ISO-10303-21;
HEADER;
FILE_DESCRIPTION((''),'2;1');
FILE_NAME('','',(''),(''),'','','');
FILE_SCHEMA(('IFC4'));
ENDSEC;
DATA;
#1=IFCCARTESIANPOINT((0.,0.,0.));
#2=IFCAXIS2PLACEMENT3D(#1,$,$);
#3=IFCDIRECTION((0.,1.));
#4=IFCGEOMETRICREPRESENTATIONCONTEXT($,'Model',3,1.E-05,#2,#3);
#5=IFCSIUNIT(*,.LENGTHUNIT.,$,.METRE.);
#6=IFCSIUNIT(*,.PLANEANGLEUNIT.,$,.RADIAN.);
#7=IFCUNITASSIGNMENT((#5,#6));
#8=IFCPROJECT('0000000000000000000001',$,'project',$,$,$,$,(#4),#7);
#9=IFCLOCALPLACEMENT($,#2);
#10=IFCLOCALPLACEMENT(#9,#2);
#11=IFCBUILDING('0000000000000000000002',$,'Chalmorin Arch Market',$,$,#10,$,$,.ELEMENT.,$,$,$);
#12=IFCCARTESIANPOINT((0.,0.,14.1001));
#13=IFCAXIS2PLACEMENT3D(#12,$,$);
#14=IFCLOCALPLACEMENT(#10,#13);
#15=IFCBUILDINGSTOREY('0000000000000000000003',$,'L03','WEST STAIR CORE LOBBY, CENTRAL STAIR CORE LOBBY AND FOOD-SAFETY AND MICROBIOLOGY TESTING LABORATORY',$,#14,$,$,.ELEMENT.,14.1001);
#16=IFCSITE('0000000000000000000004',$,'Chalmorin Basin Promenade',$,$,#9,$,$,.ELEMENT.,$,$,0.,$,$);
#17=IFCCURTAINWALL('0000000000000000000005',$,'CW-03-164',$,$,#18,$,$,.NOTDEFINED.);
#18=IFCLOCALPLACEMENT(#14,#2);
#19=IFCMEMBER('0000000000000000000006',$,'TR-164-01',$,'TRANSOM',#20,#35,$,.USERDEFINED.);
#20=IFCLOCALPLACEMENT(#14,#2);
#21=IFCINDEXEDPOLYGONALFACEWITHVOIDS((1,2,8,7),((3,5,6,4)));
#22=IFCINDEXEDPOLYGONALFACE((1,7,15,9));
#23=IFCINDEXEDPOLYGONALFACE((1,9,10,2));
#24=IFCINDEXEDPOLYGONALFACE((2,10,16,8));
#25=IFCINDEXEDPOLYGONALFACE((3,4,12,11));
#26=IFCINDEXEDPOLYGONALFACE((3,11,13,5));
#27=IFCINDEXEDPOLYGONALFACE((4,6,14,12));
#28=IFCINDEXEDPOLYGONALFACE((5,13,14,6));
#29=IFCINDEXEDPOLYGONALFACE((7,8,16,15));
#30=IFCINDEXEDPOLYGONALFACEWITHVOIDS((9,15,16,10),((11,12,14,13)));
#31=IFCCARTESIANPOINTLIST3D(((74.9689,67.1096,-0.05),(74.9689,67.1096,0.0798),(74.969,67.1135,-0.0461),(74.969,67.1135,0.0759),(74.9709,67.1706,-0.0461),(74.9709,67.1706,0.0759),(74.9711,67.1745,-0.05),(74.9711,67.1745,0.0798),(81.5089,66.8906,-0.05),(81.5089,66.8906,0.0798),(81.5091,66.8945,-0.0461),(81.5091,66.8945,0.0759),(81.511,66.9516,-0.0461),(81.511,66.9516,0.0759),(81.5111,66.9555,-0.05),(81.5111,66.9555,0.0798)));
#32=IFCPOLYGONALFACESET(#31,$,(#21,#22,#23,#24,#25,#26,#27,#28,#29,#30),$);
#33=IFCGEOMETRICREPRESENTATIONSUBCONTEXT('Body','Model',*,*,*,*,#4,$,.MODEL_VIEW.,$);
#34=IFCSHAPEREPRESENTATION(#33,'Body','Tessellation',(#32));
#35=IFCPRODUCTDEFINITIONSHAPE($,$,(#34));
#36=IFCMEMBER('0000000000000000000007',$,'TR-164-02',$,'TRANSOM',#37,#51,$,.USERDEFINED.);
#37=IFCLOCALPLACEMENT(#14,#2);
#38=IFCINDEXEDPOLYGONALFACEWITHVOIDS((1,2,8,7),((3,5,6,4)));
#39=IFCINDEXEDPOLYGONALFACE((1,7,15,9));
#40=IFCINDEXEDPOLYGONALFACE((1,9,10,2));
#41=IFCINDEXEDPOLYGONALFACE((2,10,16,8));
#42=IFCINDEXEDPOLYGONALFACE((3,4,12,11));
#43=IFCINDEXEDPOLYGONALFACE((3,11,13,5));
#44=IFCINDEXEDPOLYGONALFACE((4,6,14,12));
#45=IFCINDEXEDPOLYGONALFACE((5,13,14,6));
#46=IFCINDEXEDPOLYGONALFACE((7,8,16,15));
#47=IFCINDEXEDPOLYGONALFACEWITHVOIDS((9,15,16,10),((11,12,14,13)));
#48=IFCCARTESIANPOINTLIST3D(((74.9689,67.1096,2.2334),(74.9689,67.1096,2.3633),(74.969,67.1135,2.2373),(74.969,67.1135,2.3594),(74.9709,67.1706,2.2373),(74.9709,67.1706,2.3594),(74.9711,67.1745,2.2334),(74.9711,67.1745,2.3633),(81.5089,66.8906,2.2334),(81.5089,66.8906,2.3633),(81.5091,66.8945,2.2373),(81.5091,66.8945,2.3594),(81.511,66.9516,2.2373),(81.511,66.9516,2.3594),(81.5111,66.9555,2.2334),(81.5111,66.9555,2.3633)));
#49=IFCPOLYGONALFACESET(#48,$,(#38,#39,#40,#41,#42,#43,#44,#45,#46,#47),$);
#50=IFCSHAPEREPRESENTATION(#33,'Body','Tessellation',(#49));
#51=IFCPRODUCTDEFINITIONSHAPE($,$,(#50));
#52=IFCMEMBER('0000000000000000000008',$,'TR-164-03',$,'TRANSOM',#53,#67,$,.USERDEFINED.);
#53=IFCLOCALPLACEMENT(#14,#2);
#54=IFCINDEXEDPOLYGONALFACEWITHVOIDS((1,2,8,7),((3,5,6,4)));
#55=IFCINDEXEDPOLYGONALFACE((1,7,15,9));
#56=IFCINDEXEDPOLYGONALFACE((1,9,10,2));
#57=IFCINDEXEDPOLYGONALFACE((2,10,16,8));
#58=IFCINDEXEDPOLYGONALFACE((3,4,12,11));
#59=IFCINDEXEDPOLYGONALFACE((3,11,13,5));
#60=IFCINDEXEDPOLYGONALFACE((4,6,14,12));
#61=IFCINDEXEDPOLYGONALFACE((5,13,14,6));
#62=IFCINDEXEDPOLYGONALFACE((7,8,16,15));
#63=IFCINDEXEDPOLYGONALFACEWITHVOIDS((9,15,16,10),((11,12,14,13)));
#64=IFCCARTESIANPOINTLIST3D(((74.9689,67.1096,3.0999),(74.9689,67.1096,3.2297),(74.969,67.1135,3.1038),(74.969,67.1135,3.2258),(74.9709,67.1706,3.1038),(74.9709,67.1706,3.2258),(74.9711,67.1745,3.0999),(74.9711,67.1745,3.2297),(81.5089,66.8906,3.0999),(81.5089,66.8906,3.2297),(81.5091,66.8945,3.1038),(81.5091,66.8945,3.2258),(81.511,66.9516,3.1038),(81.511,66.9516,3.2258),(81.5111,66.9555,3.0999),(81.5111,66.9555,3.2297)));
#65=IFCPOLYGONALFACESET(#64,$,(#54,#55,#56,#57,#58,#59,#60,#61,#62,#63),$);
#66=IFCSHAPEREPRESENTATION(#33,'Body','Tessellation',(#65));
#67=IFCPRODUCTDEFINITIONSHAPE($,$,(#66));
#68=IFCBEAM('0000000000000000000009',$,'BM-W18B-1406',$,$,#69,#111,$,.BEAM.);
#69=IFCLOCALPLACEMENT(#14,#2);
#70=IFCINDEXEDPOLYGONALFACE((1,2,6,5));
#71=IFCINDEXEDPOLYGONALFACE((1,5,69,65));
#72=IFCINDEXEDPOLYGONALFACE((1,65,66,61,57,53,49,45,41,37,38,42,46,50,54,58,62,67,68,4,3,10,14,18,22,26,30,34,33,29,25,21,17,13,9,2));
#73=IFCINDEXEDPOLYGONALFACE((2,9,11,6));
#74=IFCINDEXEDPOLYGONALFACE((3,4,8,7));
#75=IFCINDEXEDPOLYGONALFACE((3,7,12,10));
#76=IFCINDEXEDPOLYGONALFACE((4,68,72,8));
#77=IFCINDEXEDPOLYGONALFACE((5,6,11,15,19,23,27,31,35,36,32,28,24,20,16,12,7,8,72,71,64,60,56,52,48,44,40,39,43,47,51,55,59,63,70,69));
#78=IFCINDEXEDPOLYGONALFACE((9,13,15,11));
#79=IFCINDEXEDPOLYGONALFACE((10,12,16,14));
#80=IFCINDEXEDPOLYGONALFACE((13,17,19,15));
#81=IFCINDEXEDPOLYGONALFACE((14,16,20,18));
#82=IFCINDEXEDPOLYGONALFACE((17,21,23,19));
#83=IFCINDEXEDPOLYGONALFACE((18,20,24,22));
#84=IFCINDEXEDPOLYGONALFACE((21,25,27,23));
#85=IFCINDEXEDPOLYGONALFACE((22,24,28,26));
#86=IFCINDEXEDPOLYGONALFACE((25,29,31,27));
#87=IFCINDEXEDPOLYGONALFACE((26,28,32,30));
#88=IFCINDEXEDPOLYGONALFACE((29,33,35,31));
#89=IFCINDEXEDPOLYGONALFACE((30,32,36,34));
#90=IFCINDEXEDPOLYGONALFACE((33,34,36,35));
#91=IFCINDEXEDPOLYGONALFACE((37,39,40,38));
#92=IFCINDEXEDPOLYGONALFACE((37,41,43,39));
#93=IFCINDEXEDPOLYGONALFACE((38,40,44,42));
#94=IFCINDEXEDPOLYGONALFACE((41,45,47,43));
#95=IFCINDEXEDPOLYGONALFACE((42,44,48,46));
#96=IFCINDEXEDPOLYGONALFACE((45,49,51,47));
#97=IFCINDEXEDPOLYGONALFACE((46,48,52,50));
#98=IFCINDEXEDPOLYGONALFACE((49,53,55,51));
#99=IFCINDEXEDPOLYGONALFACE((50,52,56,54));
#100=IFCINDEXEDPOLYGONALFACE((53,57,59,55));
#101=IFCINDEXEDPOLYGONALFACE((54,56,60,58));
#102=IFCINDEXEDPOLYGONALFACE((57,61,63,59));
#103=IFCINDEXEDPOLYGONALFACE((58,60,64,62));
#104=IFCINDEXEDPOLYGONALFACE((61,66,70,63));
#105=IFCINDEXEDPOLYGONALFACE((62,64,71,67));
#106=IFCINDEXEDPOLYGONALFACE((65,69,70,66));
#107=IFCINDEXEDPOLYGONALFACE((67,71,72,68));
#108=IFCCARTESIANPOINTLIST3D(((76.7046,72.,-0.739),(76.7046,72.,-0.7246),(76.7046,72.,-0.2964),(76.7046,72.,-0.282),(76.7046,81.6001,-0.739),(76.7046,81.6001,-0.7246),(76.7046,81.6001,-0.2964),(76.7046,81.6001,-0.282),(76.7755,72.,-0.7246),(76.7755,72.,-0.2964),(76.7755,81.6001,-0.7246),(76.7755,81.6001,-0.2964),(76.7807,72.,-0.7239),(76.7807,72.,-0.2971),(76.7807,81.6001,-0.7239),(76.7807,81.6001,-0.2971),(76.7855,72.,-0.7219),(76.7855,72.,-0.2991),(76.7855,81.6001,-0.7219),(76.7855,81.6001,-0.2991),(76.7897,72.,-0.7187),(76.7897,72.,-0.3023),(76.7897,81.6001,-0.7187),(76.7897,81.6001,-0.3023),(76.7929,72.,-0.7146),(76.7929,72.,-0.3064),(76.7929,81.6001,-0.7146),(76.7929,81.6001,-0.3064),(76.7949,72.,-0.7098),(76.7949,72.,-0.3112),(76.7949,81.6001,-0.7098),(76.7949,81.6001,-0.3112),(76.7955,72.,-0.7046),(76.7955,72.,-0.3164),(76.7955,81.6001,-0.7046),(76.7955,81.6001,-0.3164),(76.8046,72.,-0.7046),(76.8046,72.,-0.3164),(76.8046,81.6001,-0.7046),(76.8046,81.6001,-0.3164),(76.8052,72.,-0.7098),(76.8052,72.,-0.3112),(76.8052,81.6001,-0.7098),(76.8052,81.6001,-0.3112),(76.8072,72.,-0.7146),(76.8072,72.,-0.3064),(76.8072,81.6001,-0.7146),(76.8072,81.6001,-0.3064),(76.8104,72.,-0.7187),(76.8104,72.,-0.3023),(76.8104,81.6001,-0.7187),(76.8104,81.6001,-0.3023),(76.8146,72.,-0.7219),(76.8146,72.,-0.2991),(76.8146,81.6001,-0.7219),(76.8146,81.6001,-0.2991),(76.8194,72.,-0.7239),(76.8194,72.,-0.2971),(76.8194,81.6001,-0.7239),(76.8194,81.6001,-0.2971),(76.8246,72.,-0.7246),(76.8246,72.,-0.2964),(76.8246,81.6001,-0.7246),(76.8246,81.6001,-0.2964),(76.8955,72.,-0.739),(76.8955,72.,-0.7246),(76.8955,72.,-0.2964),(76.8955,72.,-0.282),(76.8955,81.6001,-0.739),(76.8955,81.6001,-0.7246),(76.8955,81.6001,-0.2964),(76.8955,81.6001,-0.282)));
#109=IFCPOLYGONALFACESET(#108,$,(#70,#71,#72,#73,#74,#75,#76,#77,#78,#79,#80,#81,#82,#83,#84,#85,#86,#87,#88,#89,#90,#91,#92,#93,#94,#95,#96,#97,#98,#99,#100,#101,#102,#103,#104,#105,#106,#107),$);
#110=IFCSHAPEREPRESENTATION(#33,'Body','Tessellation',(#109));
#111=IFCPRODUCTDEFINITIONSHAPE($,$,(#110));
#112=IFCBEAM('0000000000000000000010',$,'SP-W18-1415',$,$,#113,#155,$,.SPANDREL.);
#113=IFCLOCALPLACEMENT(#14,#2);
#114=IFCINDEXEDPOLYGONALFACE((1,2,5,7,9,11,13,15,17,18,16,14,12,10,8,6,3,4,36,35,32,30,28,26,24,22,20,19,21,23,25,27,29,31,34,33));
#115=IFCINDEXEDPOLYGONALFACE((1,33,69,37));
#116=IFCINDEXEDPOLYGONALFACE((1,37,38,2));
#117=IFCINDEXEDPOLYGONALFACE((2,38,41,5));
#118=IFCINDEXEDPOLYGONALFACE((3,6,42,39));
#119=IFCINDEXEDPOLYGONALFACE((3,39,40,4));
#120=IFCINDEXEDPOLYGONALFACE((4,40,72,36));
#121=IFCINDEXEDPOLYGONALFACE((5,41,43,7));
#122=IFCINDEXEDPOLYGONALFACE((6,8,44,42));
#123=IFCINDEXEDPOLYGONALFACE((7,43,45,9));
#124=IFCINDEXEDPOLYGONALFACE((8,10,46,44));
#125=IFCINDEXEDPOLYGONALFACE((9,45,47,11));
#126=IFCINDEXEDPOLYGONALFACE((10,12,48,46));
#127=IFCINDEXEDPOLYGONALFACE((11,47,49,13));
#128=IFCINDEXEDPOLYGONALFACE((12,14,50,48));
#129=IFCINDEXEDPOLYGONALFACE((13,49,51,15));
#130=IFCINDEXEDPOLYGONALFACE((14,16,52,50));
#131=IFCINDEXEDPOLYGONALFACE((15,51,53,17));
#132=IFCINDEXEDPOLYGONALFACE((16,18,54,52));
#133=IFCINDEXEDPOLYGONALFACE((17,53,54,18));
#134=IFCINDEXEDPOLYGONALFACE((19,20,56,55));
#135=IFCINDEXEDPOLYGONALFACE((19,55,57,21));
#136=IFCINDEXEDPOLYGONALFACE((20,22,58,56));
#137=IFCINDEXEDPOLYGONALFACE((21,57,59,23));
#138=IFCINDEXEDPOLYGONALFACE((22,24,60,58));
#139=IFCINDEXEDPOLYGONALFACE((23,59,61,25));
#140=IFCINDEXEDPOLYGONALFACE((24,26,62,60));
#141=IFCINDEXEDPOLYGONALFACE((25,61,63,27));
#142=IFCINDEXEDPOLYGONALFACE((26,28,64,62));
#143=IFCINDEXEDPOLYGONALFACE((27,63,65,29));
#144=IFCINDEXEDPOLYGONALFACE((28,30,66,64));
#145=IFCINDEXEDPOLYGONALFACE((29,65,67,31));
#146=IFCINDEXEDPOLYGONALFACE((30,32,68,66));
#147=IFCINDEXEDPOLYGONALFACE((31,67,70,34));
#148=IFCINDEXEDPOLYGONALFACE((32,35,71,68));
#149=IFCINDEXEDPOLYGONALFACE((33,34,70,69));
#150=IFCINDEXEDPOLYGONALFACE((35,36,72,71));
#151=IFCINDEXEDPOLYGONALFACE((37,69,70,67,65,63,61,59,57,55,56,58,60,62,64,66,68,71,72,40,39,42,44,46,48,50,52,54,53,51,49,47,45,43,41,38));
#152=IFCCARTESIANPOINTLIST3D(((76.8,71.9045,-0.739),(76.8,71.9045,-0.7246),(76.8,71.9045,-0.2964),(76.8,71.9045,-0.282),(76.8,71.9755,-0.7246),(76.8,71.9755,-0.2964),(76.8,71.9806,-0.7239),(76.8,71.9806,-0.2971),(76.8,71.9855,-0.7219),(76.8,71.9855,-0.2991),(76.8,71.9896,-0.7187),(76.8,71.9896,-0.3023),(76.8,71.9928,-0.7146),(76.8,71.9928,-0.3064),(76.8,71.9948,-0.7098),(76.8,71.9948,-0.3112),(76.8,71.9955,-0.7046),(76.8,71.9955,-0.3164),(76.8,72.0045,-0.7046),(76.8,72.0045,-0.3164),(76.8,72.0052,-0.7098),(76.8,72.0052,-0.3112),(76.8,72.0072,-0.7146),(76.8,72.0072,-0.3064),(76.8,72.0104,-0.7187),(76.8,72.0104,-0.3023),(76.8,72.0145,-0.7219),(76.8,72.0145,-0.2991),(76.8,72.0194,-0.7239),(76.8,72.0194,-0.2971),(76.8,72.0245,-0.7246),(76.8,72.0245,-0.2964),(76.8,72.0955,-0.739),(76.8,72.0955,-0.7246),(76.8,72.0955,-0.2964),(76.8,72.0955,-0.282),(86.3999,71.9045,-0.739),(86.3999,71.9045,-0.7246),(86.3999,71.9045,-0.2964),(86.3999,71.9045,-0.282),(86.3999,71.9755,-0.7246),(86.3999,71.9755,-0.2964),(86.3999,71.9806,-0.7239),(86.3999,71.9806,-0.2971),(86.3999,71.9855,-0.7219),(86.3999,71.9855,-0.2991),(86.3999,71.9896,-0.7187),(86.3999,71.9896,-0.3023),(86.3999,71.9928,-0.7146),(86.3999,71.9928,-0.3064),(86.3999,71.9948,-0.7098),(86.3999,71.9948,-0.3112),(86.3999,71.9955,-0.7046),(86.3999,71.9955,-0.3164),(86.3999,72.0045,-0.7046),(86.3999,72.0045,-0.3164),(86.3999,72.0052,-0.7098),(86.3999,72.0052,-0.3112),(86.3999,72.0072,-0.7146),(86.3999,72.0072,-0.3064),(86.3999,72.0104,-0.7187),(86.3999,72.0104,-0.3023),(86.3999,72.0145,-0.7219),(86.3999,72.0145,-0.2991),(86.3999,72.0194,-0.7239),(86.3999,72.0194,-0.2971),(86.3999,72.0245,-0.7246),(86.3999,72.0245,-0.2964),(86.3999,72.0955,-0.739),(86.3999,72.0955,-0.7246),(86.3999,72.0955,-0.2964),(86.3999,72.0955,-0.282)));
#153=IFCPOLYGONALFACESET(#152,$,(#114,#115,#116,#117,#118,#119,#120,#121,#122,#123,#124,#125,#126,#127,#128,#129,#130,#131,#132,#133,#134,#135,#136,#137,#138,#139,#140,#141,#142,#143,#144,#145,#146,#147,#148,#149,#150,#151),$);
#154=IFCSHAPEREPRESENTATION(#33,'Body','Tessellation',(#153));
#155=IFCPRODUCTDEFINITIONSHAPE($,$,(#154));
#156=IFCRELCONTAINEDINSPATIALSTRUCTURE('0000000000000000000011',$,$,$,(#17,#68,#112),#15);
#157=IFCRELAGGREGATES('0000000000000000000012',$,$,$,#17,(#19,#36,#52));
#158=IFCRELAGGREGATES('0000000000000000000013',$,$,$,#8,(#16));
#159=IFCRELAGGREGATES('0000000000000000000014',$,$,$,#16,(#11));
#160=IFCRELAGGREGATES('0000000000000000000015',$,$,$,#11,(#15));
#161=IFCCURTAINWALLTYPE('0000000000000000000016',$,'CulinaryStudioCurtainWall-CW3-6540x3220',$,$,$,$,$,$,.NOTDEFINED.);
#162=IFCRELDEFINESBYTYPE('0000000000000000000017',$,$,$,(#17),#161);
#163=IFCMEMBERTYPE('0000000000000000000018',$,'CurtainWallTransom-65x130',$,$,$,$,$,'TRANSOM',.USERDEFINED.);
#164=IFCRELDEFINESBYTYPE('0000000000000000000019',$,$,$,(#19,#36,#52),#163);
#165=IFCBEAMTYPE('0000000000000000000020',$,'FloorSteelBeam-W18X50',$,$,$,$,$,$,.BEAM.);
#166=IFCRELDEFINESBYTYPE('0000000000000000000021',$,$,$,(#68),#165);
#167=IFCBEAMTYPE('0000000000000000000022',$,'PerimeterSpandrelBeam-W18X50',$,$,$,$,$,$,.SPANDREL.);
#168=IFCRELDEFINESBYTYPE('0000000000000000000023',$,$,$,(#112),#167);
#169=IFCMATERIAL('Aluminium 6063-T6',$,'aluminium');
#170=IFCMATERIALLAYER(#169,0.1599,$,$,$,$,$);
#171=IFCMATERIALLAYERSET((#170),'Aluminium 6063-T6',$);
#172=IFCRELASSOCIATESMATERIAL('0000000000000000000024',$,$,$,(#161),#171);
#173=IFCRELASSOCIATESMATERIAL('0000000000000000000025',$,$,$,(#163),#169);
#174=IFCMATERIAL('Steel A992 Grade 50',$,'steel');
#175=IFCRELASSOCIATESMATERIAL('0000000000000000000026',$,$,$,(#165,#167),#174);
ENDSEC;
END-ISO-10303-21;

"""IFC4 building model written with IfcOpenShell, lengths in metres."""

from ifc_helpers import new_model, si_unit, direction, frame, origin, origin_2d, place, context, subcontext, project, spatial, hollow_rectangle, i_section, extrude, material, layer, layer_set, material_profile, profile_set, type_object, element, aggregate, save


model = new_model("IFC4")

# Units and contexts
model_context = context("Model", 3, precision=1e-05, world=origin(), true_north=direction((0.0, 1.0)))
body_context = subcontext(model_context, "Body", "Model", "MODEL_VIEW")
ifc_project = project(units=[si_unit("LENGTHUNIT", "METRE"), si_unit("PLANEANGLEUNIT", "RADIAN")], contexts=[model_context])

# Site, building, storey
site_placement = place(None, origin())
site = spatial("IfcSite", under=ifc_project, at=site_placement, Name="Chalmorin Basin Promenade", CompositionType="ELEMENT", RefElevation=0.0)
building_placement = place(site_placement, origin())
building = spatial("IfcBuilding", under=site, at=building_placement, Name="Chalmorin Arch Market", CompositionType="ELEMENT")
storey_placement = place(building_placement, frame((0.0, 0.0, 14.1001)))
storey = spatial("IfcBuildingStorey", under=building, at=storey_placement, Name="L03", Description="WEST STAIR CORE LOBBY, CENTRAL STAIR CORE LOBBY AND FOOD-SAFETY AND MICROBIOLOGY TESTING LABORATORY", CompositionType="ELEMENT", Elevation=14.1001)

# Curtain wall, members
ifc_material_1 = material(Name="Aluminium 6063-T6", Category="aluminium")
ifc_layer_1 = layer(ifc_material_1, 0.1599)
ifc_layer_set_1 = layer_set([ifc_layer_1], Name="Aluminium 6063-T6")
curtain_wall_type_1 = type_object("IfcCurtainWallType", Name="CulinaryStudioCurtainWall-CW3-6540x3220", PredefinedType="NOTDEFINED", material=ifc_layer_set_1)
curtain_wall_1_placement = place(storey_placement, origin())
curtain_wall_1 = element("IfcCurtainWall", 1, at=curtain_wall_1_placement, inside=storey, type_object=curtain_wall_type_1, Name="CW-03-164", PredefinedType="NOTDEFINED")
ifc_material_profile_1 = material_profile(ifc_material_1, hollow_rectangle(XDim=0.0649, YDim=0.1299, WallThickness=0.0039, at=origin_2d()), Name="ALU65X130X4")
ifc_profile_set_1 = profile_set([ifc_material_profile_1], Name="Aluminium 6063-T6")
member_type_1 = type_object("IfcMemberType", Name="CurtainWallTransom-65x130", ElementType="TRANSOM", PredefinedType="USERDEFINED", material=ifc_profile_set_1)
member_1_placement = place(storey_placement, frame((74.97, 67.1421, 0.0149), z_axis=(0.99944, -0.033466, 0.0), x_axis=(0.033466, 0.99944, 0.0)))
member_1 = element("IfcMember", 2, at=member_1_placement, type_object=member_type_1, Name="TR-164-01", ObjectType="TRANSOM", PredefinedType="USERDEFINED", context=body_context, shape_type="SweptSolid", body=[
    extrude(hollow_rectangle(XDim=0.0649, YDim=0.1299, WallThickness=0.0039, at=origin_2d()), origin(), (0.0, 0.0, 1.0), 6.5437),
])
member_2_placement = place(storey_placement, frame((74.97, 67.1421, 2.2983), z_axis=(0.99944, -0.033466, 0.0), x_axis=(0.033466, 0.99944, 0.0)))
member_2 = element("IfcMember", 3, at=member_2_placement, type_object=member_type_1, Name="TR-164-02", ObjectType="TRANSOM", PredefinedType="USERDEFINED", context=body_context, shape_type="SweptSolid", body=[
    extrude(hollow_rectangle(XDim=0.0649, YDim=0.1299, WallThickness=0.0039, at=origin_2d()), origin(), (0.0, 0.0, 1.0), 6.5437),
])
member_3_placement = place(storey_placement, frame((74.97, 67.1421, 3.1648), z_axis=(0.99944, -0.033466, 0.0), x_axis=(0.033466, 0.99944, 0.0)))
member_3 = element("IfcMember", 4, at=member_3_placement, type_object=member_type_1, Name="TR-164-03", ObjectType="TRANSOM", PredefinedType="USERDEFINED", context=body_context, shape_type="SweptSolid", body=[
    extrude(hollow_rectangle(XDim=0.0649, YDim=0.1299, WallThickness=0.0039, at=origin_2d()), origin(), (0.0, 0.0, 1.0), 6.5437),
])

# Beams
ifc_material_2 = material(Name="Steel A992 Grade 50", Category="steel")
ifc_material_profile_2 = material_profile(ifc_material_2, i_section(OverallWidth=0.1909, OverallDepth=0.457, WebThickness=0.009, FlangeThickness=0.0144, FilletRadius=0.02, at=origin_2d()), Name="W18X50")
ifc_profile_set_2 = profile_set([ifc_material_profile_2], Name="Steel A992 Grade 50")
beam_type_1 = type_object("IfcBeamType", Name="FloorSteelBeam-W18X50", PredefinedType="BEAM", material=ifc_profile_set_2)
beam_1_placement = place(storey_placement, frame((76.8, 72.0, -0.5105), z_axis=(0.0, 1.0, 0.0), x_axis=(-1.0, 0.0, 0.0)))
element("IfcBeam", 5, at=beam_1_placement, inside=storey, type_object=beam_type_1, Name="BM-W18B-1406", PredefinedType="BEAM", context=body_context, shape_type="SweptSolid", body=[
    extrude(i_section(OverallWidth=0.1909, OverallDepth=0.457, WebThickness=0.009, FlangeThickness=0.0144, FilletRadius=0.02, at=origin_2d()), origin(), (0.0, 0.0, 1.0), 9.6001),
])
ifc_material_profile_3 = material_profile(ifc_material_2, i_section(OverallWidth=0.1909, OverallDepth=0.457, WebThickness=0.009, FlangeThickness=0.0144, FilletRadius=0.02, at=origin_2d()), Name="W18X50")
ifc_profile_set_3 = profile_set([ifc_material_profile_3], Name="Steel A992 Grade 50")
beam_type_2 = type_object("IfcBeamType", Name="PerimeterSpandrelBeam-W18X50", PredefinedType="SPANDREL", material=ifc_profile_set_3)
beam_2_placement = place(storey_placement, frame((76.8, 72.0, -0.5105), z_axis=(1.0, 0.0, 0.0), x_axis=(0.0, 1.0, 0.0)))
element("IfcBeam", 6, at=beam_2_placement, inside=storey, type_object=beam_type_2, Name="SP-W18-1415", PredefinedType="SPANDREL", context=body_context, shape_type="SweptSolid", body=[
    extrude(i_section(OverallWidth=0.1909, OverallDepth=0.457, WebThickness=0.009, FlangeThickness=0.0144, FilletRadius=0.02, at=origin_2d()), origin(), (0.0, 0.0, 1.0), 9.5999),
])

aggregate(curtain_wall_1, [member_1, member_2, member_3])

save(model, "model.ifc")
